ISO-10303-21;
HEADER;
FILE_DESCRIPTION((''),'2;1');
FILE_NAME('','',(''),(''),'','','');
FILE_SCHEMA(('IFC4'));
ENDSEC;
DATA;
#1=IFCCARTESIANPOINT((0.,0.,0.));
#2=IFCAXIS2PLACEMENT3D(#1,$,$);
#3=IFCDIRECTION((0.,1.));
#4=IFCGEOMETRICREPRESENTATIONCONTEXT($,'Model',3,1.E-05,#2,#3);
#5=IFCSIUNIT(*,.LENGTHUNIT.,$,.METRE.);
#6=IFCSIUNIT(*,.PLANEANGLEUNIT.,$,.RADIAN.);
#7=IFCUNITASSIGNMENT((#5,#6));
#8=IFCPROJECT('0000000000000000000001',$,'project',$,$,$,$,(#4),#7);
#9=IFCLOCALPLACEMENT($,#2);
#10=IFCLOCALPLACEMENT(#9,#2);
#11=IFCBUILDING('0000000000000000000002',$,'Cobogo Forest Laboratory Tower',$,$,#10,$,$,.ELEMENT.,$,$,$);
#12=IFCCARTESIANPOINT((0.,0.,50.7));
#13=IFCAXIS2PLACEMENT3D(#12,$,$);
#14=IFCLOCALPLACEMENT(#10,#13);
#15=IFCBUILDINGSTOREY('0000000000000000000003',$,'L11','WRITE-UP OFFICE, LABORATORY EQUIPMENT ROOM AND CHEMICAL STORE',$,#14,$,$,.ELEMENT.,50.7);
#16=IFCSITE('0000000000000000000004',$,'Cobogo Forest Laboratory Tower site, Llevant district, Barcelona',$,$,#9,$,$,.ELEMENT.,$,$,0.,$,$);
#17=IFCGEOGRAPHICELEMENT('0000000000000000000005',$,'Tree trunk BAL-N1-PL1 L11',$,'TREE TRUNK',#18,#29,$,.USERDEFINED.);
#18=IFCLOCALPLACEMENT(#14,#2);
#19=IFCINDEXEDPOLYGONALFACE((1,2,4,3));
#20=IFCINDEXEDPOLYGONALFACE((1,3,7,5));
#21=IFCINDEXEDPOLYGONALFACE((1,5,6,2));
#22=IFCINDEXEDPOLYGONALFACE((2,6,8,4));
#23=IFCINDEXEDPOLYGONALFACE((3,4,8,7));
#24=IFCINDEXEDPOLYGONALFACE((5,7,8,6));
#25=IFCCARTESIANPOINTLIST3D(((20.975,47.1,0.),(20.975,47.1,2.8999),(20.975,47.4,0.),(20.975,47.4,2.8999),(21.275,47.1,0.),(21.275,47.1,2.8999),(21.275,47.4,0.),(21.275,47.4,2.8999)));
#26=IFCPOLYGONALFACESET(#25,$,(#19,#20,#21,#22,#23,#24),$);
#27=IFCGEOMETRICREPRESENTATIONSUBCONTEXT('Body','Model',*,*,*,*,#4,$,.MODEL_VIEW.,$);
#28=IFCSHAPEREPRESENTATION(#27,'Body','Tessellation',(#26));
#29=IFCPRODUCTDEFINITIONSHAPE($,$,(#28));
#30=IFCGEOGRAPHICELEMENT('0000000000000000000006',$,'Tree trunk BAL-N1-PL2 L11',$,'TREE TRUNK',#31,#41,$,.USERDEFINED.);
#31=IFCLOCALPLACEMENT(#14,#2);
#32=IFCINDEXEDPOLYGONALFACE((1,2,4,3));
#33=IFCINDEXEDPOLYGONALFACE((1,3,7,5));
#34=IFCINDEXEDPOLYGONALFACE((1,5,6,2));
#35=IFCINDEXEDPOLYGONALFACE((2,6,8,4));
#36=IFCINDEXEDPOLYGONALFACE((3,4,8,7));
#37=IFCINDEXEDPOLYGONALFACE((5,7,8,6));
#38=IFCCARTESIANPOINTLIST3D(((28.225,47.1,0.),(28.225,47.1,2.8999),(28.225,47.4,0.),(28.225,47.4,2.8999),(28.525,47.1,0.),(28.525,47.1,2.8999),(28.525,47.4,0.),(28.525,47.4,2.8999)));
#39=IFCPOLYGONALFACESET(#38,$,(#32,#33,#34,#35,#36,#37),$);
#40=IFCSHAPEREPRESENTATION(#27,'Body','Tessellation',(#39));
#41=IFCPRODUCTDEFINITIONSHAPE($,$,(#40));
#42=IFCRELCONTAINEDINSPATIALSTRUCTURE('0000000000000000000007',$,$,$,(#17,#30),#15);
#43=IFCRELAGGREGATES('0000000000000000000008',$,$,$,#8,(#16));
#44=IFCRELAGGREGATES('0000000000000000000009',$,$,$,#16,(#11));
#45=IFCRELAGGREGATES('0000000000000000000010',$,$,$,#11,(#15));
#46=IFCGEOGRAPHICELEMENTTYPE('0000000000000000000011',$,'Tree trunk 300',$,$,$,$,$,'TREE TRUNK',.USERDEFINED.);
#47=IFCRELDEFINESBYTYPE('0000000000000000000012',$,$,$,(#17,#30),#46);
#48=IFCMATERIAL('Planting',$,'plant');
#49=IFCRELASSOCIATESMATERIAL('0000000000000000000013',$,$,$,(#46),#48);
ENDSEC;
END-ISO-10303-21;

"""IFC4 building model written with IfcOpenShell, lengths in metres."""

from ifc_helpers import new_model, si_unit, direction, frame, origin, origin_2d, place, context, subcontext, project, spatial, rectangle, extrude, material, type_object, element, save


model = new_model("IFC4")

# Units and contexts
model_context = context("Model", 3, precision=1e-05, world=origin(), true_north=direction((0.0, 1.0)))
body_context = subcontext(model_context, "Body", "Model", "MODEL_VIEW")
ifc_project = project(units=[si_unit("LENGTHUNIT", "METRE"), si_unit("PLANEANGLEUNIT", "RADIAN")], contexts=[model_context])

# Site, building, storey
site_placement = place(None, origin())
site = spatial("IfcSite", under=ifc_project, at=site_placement, Name="Cobogo Forest Laboratory Tower site, Llevant district, Barcelona", CompositionType="ELEMENT", RefElevation=0.0)
building_placement = place(site_placement, origin())
building = spatial("IfcBuilding", under=site, at=building_placement, Name="Cobogo Forest Laboratory Tower", CompositionType="ELEMENT")
storey_placement = place(building_placement, frame((0.0, 0.0, 50.7)))
storey = spatial("IfcBuildingStorey", under=building, at=storey_placement, Name="L11", Description="WRITE-UP OFFICE, LABORATORY EQUIPMENT ROOM AND CHEMICAL STORE", CompositionType="ELEMENT", Elevation=50.7)

# Geographic elements
ifc_material_1 = material(Name="Planting", Category="plant")
geographic_element_type = type_object("IfcGeographicElementType", Name="Tree trunk 300", ElementType="TREE TRUNK", PredefinedType="USERDEFINED", material=ifc_material_1)
for number, where, z_axis, x_axis, name in (
    (1, (21.125, 47.25, 0.0), (0.0, 0.0, 1.0), (1.0, 0.0, 0.0), "Tree trunk BAL-N1-PL1 L11"),
    (2, (28.375, 47.25, 0.0), (0.0, 0.0, 1.0), (1.0, 0.0, 0.0), "Tree trunk BAL-N1-PL2 L11"),
):
    element("IfcGeographicElement", number, at=place(storey_placement, frame(where, z_axis=z_axis, x_axis=x_axis)), inside=storey, type_object=geographic_element_type, Name=name, ObjectType="TREE TRUNK", PredefinedType="USERDEFINED", context=body_context, shape_type="SweptSolid", body=[
        extrude(rectangle(XDim=0.3, YDim=0.3, at=origin_2d()), origin(), (0.0, 0.0, 1.0), 2.8999),
    ])

save(model, "model.ifc")
